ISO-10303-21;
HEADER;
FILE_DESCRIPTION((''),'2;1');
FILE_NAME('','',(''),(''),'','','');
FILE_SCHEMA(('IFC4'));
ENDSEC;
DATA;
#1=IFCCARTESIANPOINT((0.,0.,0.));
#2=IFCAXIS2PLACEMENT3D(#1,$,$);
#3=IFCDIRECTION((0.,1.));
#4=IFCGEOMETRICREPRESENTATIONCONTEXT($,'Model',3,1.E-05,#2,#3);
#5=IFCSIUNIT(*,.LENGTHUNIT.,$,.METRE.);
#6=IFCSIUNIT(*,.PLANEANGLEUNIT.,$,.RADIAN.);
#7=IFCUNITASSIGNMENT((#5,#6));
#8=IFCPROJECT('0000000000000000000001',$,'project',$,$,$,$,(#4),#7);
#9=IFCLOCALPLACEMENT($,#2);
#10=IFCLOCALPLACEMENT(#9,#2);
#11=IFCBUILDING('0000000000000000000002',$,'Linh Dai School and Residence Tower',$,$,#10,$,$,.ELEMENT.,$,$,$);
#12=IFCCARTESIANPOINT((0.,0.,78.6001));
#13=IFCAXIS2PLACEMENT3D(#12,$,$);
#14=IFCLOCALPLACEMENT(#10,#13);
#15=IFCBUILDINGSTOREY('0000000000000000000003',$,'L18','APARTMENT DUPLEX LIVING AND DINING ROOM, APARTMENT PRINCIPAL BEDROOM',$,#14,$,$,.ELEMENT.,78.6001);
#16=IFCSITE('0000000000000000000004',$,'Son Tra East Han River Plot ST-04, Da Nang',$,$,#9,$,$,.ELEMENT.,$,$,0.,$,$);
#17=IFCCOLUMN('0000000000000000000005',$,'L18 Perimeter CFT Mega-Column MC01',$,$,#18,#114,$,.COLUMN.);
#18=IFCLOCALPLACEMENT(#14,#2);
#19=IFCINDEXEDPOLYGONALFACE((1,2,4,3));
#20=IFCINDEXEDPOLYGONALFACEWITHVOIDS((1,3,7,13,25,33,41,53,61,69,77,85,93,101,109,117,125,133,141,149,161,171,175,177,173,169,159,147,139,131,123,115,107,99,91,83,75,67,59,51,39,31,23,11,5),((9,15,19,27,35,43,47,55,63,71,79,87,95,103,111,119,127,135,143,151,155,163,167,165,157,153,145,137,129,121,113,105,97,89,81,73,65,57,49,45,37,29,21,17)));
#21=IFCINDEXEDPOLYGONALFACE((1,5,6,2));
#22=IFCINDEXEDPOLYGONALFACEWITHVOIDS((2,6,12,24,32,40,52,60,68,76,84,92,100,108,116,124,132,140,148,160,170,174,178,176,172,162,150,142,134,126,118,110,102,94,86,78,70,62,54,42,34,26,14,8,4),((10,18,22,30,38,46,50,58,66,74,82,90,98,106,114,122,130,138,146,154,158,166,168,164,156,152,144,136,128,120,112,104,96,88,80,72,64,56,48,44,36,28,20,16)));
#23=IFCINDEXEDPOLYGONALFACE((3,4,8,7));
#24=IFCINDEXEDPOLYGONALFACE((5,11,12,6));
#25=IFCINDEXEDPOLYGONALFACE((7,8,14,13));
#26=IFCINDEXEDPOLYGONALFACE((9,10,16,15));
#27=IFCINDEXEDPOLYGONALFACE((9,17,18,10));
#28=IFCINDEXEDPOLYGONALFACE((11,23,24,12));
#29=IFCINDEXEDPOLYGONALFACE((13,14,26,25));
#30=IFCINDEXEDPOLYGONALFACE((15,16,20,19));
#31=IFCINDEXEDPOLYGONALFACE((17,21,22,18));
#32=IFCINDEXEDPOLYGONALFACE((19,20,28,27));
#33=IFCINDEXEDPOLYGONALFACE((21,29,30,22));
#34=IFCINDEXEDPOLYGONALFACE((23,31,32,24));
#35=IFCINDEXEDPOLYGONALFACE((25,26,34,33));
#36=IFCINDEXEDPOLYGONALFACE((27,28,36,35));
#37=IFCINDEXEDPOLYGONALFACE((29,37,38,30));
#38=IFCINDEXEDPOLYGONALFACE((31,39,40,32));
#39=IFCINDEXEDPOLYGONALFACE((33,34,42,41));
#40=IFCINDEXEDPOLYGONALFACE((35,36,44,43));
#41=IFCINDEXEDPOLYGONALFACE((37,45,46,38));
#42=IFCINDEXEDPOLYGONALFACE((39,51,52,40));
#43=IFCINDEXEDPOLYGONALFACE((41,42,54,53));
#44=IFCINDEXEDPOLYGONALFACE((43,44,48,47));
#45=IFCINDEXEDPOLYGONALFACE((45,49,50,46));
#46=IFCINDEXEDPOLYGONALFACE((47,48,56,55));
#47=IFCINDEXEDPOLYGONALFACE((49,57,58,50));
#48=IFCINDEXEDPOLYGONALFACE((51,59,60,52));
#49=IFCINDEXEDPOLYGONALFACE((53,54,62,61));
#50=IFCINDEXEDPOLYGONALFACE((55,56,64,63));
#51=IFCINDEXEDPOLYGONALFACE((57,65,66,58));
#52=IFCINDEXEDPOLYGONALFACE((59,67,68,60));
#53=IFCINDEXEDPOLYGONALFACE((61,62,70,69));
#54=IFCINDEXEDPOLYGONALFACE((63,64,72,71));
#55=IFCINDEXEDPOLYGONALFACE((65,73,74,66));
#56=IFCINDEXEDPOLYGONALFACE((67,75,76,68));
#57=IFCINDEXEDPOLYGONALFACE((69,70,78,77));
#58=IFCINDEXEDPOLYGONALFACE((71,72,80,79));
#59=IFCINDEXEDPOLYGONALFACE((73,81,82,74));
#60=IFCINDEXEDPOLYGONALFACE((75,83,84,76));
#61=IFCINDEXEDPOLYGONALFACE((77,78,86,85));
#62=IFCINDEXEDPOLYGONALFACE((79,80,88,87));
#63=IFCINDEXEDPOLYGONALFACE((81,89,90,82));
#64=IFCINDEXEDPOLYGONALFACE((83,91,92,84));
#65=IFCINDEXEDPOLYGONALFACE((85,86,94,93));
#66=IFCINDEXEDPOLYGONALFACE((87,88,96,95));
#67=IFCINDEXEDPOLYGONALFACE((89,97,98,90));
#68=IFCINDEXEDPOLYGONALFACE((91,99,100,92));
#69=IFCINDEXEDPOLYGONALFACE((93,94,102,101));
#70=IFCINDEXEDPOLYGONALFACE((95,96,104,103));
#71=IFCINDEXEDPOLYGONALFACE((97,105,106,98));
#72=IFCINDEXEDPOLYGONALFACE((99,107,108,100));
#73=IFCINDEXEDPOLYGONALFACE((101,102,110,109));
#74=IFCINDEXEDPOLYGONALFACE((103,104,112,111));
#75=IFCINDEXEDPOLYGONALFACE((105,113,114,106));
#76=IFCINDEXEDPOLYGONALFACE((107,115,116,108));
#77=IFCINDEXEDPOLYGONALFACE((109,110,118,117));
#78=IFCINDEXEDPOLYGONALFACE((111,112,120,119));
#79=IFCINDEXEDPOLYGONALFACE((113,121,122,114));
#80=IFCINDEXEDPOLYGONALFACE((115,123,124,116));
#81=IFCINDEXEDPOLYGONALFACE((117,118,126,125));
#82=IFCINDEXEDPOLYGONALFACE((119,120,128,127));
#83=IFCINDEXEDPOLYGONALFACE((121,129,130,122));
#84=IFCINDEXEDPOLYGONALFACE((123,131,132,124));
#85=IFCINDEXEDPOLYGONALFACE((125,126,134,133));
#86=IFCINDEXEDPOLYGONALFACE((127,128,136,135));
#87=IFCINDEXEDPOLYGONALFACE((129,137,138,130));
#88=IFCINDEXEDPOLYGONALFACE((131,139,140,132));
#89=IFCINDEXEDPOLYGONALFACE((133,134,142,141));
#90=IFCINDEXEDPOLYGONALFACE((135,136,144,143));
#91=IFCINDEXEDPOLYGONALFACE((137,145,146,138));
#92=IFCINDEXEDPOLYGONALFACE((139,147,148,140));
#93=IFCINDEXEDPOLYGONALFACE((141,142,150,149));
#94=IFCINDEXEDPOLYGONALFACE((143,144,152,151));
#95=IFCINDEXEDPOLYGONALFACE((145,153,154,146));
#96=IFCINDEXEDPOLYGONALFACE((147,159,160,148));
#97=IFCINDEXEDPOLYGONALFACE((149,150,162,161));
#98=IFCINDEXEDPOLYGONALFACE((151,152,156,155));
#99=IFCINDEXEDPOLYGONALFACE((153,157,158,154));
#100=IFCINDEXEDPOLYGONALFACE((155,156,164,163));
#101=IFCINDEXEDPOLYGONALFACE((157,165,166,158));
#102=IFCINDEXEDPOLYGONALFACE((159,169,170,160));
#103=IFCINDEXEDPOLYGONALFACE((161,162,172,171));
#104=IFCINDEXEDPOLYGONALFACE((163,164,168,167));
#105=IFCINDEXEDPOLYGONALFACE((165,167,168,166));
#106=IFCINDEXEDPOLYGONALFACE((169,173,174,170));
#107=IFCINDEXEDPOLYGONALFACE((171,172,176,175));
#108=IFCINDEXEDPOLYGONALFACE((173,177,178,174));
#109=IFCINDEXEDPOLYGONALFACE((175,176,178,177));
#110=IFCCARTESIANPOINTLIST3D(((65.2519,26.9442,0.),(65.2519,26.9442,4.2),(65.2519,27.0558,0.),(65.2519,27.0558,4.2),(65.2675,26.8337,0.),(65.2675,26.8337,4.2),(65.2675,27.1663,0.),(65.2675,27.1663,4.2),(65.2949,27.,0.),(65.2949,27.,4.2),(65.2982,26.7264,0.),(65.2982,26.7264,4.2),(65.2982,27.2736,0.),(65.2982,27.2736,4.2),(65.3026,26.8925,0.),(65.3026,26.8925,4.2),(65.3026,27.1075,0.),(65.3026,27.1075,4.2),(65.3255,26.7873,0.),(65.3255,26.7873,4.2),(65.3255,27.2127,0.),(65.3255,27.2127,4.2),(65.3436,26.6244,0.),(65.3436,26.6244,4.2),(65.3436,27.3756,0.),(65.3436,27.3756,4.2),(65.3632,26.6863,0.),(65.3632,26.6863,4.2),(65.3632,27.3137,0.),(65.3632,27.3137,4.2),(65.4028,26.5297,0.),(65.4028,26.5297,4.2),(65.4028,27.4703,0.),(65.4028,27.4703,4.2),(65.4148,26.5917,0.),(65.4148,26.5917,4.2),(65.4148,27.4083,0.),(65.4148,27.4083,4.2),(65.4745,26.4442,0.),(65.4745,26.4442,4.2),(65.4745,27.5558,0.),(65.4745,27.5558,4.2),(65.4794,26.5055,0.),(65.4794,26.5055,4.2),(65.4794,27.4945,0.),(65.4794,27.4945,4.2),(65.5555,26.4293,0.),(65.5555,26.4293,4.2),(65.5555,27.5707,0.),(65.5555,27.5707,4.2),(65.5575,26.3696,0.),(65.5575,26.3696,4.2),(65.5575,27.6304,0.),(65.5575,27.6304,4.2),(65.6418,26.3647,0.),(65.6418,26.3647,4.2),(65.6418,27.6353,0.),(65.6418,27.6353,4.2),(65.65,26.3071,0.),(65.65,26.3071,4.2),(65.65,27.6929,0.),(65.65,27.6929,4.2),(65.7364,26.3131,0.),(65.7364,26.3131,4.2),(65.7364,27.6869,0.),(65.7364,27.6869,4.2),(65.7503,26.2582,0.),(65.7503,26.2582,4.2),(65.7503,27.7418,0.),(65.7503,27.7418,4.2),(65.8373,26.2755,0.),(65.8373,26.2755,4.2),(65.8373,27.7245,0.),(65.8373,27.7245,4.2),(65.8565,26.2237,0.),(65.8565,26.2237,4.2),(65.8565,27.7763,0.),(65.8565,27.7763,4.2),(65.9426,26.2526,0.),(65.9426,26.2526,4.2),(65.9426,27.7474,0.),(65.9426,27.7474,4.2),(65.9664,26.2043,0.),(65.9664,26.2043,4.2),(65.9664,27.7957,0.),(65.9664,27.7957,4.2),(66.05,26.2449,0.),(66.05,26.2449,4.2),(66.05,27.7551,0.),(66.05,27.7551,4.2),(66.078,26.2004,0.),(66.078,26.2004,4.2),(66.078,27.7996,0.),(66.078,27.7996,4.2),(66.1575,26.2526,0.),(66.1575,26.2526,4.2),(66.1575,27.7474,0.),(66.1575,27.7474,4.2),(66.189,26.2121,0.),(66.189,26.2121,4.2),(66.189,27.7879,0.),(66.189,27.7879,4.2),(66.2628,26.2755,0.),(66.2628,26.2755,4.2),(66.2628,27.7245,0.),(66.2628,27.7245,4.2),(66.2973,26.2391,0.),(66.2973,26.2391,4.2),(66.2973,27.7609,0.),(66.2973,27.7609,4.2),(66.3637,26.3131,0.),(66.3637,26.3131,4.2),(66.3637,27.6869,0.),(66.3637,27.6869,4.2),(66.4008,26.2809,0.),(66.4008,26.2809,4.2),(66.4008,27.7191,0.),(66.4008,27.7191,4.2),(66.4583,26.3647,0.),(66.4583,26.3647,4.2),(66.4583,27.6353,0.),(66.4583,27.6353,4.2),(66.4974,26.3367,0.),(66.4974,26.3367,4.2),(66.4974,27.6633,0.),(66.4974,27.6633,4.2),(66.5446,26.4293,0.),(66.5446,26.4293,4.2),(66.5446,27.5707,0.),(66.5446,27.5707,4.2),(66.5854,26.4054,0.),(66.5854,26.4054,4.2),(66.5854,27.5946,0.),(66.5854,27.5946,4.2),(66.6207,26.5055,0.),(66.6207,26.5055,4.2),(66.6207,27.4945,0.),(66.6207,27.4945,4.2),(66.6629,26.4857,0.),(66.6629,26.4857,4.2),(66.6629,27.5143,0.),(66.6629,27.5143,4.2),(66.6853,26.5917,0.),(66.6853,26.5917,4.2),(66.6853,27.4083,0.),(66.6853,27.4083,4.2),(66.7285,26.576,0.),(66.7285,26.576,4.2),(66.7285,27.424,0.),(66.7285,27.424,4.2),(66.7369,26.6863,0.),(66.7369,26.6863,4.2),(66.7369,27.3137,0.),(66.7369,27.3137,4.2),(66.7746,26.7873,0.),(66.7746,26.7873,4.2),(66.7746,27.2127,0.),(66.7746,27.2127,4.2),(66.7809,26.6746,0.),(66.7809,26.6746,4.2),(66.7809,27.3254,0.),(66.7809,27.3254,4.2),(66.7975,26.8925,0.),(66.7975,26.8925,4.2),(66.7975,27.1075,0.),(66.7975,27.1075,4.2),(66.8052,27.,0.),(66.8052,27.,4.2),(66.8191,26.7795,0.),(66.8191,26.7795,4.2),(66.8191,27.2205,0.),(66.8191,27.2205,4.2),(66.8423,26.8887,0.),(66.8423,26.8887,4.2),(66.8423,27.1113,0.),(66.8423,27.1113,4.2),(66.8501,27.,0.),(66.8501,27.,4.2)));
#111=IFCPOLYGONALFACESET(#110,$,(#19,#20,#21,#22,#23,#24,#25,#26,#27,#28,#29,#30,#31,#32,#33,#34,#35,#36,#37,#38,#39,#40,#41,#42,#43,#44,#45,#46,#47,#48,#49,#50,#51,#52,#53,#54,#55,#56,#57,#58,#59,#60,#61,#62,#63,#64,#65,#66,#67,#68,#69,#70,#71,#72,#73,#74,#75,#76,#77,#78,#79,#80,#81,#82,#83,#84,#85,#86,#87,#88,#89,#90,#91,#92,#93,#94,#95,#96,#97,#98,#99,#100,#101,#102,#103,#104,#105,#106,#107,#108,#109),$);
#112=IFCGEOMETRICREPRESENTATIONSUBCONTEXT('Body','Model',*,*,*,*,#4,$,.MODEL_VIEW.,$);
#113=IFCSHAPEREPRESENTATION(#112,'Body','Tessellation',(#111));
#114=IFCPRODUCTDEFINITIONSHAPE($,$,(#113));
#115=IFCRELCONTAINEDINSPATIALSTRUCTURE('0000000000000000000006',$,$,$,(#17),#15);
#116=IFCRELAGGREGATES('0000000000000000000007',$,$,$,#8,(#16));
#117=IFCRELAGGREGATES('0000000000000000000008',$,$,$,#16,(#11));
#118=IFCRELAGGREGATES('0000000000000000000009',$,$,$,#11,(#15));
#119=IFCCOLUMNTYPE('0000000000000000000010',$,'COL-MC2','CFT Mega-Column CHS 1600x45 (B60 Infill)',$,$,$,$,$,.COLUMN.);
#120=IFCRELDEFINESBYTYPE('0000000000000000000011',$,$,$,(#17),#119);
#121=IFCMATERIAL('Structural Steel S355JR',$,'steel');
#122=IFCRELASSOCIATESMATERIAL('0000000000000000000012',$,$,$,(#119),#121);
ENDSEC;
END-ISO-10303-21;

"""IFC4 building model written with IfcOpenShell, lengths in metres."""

from ifc_helpers import new_model, si_unit, direction, frame, origin, origin_2d, place, context, subcontext, project, spatial, hollow_circle, extrude, material, material_profile, profile_set, type_object, element, save


model = new_model("IFC4")

# Units and contexts
model_context = context("Model", 3, precision=1e-05, world=origin(), true_north=direction((0.0, 1.0)))
body_context = subcontext(model_context, "Body", "Model", "MODEL_VIEW")
ifc_project = project(units=[si_unit("LENGTHUNIT", "METRE"), si_unit("PLANEANGLEUNIT", "RADIAN")], contexts=[model_context])

# Site, building, storey
site_placement = place(None, origin())
site = spatial("IfcSite", under=ifc_project, at=site_placement, Name="Son Tra East Han River Plot ST-04, Da Nang", CompositionType="ELEMENT", RefElevation=0.0)
building_placement = place(site_placement, origin())
building = spatial("IfcBuilding", under=site, at=building_placement, Name="Linh Dai School and Residence Tower", CompositionType="ELEMENT")
storey_placement = place(building_placement, frame((0.0, 0.0, 78.6001)))
storey = spatial("IfcBuildingStorey", under=building, at=storey_placement, Name="L18", Description="APARTMENT DUPLEX LIVING AND DINING ROOM, APARTMENT PRINCIPAL BEDROOM", CompositionType="ELEMENT", Elevation=78.6001)

# Column
ifc_material_1 = material(Name="Structural Steel S355JR", Category="steel")
ifc_material_profile_1 = material_profile(ifc_material_1, hollow_circle(Radius=0.8, WallThickness=0.0449, at=origin_2d()), Name="CHS 1600x45")
ifc_profile_set_1 = profile_set([ifc_material_profile_1], Name="Structural Steel S355JR")
column_type = type_object("IfcColumnType", Name="COL-MC2", Description="CFT Mega-Column CHS 1600x45 (B60 Infill)", PredefinedType="COLUMN", material=ifc_profile_set_1)
for number, where, z_axis, x_axis, name in (
    (1, (66.05, 27.0, 0.0), (0.0, 0.0, 1.0), (1.0, 0.0, 0.0), "L18 Perimeter CFT Mega-Column MC01"),
):
    element("IfcColumn", number, at=place(storey_placement, frame(where, z_axis=z_axis, x_axis=x_axis)), inside=storey, type_object=column_type, Name=name, PredefinedType="COLUMN", context=body_context, shape_type="SweptSolid", body=[
        extrude(hollow_circle(Radius=0.8, WallThickness=0.0449, at=origin_2d()), origin(), (0.0, 0.0, 1.0), 4.2),
    ])

save(model, "model.ifc")
